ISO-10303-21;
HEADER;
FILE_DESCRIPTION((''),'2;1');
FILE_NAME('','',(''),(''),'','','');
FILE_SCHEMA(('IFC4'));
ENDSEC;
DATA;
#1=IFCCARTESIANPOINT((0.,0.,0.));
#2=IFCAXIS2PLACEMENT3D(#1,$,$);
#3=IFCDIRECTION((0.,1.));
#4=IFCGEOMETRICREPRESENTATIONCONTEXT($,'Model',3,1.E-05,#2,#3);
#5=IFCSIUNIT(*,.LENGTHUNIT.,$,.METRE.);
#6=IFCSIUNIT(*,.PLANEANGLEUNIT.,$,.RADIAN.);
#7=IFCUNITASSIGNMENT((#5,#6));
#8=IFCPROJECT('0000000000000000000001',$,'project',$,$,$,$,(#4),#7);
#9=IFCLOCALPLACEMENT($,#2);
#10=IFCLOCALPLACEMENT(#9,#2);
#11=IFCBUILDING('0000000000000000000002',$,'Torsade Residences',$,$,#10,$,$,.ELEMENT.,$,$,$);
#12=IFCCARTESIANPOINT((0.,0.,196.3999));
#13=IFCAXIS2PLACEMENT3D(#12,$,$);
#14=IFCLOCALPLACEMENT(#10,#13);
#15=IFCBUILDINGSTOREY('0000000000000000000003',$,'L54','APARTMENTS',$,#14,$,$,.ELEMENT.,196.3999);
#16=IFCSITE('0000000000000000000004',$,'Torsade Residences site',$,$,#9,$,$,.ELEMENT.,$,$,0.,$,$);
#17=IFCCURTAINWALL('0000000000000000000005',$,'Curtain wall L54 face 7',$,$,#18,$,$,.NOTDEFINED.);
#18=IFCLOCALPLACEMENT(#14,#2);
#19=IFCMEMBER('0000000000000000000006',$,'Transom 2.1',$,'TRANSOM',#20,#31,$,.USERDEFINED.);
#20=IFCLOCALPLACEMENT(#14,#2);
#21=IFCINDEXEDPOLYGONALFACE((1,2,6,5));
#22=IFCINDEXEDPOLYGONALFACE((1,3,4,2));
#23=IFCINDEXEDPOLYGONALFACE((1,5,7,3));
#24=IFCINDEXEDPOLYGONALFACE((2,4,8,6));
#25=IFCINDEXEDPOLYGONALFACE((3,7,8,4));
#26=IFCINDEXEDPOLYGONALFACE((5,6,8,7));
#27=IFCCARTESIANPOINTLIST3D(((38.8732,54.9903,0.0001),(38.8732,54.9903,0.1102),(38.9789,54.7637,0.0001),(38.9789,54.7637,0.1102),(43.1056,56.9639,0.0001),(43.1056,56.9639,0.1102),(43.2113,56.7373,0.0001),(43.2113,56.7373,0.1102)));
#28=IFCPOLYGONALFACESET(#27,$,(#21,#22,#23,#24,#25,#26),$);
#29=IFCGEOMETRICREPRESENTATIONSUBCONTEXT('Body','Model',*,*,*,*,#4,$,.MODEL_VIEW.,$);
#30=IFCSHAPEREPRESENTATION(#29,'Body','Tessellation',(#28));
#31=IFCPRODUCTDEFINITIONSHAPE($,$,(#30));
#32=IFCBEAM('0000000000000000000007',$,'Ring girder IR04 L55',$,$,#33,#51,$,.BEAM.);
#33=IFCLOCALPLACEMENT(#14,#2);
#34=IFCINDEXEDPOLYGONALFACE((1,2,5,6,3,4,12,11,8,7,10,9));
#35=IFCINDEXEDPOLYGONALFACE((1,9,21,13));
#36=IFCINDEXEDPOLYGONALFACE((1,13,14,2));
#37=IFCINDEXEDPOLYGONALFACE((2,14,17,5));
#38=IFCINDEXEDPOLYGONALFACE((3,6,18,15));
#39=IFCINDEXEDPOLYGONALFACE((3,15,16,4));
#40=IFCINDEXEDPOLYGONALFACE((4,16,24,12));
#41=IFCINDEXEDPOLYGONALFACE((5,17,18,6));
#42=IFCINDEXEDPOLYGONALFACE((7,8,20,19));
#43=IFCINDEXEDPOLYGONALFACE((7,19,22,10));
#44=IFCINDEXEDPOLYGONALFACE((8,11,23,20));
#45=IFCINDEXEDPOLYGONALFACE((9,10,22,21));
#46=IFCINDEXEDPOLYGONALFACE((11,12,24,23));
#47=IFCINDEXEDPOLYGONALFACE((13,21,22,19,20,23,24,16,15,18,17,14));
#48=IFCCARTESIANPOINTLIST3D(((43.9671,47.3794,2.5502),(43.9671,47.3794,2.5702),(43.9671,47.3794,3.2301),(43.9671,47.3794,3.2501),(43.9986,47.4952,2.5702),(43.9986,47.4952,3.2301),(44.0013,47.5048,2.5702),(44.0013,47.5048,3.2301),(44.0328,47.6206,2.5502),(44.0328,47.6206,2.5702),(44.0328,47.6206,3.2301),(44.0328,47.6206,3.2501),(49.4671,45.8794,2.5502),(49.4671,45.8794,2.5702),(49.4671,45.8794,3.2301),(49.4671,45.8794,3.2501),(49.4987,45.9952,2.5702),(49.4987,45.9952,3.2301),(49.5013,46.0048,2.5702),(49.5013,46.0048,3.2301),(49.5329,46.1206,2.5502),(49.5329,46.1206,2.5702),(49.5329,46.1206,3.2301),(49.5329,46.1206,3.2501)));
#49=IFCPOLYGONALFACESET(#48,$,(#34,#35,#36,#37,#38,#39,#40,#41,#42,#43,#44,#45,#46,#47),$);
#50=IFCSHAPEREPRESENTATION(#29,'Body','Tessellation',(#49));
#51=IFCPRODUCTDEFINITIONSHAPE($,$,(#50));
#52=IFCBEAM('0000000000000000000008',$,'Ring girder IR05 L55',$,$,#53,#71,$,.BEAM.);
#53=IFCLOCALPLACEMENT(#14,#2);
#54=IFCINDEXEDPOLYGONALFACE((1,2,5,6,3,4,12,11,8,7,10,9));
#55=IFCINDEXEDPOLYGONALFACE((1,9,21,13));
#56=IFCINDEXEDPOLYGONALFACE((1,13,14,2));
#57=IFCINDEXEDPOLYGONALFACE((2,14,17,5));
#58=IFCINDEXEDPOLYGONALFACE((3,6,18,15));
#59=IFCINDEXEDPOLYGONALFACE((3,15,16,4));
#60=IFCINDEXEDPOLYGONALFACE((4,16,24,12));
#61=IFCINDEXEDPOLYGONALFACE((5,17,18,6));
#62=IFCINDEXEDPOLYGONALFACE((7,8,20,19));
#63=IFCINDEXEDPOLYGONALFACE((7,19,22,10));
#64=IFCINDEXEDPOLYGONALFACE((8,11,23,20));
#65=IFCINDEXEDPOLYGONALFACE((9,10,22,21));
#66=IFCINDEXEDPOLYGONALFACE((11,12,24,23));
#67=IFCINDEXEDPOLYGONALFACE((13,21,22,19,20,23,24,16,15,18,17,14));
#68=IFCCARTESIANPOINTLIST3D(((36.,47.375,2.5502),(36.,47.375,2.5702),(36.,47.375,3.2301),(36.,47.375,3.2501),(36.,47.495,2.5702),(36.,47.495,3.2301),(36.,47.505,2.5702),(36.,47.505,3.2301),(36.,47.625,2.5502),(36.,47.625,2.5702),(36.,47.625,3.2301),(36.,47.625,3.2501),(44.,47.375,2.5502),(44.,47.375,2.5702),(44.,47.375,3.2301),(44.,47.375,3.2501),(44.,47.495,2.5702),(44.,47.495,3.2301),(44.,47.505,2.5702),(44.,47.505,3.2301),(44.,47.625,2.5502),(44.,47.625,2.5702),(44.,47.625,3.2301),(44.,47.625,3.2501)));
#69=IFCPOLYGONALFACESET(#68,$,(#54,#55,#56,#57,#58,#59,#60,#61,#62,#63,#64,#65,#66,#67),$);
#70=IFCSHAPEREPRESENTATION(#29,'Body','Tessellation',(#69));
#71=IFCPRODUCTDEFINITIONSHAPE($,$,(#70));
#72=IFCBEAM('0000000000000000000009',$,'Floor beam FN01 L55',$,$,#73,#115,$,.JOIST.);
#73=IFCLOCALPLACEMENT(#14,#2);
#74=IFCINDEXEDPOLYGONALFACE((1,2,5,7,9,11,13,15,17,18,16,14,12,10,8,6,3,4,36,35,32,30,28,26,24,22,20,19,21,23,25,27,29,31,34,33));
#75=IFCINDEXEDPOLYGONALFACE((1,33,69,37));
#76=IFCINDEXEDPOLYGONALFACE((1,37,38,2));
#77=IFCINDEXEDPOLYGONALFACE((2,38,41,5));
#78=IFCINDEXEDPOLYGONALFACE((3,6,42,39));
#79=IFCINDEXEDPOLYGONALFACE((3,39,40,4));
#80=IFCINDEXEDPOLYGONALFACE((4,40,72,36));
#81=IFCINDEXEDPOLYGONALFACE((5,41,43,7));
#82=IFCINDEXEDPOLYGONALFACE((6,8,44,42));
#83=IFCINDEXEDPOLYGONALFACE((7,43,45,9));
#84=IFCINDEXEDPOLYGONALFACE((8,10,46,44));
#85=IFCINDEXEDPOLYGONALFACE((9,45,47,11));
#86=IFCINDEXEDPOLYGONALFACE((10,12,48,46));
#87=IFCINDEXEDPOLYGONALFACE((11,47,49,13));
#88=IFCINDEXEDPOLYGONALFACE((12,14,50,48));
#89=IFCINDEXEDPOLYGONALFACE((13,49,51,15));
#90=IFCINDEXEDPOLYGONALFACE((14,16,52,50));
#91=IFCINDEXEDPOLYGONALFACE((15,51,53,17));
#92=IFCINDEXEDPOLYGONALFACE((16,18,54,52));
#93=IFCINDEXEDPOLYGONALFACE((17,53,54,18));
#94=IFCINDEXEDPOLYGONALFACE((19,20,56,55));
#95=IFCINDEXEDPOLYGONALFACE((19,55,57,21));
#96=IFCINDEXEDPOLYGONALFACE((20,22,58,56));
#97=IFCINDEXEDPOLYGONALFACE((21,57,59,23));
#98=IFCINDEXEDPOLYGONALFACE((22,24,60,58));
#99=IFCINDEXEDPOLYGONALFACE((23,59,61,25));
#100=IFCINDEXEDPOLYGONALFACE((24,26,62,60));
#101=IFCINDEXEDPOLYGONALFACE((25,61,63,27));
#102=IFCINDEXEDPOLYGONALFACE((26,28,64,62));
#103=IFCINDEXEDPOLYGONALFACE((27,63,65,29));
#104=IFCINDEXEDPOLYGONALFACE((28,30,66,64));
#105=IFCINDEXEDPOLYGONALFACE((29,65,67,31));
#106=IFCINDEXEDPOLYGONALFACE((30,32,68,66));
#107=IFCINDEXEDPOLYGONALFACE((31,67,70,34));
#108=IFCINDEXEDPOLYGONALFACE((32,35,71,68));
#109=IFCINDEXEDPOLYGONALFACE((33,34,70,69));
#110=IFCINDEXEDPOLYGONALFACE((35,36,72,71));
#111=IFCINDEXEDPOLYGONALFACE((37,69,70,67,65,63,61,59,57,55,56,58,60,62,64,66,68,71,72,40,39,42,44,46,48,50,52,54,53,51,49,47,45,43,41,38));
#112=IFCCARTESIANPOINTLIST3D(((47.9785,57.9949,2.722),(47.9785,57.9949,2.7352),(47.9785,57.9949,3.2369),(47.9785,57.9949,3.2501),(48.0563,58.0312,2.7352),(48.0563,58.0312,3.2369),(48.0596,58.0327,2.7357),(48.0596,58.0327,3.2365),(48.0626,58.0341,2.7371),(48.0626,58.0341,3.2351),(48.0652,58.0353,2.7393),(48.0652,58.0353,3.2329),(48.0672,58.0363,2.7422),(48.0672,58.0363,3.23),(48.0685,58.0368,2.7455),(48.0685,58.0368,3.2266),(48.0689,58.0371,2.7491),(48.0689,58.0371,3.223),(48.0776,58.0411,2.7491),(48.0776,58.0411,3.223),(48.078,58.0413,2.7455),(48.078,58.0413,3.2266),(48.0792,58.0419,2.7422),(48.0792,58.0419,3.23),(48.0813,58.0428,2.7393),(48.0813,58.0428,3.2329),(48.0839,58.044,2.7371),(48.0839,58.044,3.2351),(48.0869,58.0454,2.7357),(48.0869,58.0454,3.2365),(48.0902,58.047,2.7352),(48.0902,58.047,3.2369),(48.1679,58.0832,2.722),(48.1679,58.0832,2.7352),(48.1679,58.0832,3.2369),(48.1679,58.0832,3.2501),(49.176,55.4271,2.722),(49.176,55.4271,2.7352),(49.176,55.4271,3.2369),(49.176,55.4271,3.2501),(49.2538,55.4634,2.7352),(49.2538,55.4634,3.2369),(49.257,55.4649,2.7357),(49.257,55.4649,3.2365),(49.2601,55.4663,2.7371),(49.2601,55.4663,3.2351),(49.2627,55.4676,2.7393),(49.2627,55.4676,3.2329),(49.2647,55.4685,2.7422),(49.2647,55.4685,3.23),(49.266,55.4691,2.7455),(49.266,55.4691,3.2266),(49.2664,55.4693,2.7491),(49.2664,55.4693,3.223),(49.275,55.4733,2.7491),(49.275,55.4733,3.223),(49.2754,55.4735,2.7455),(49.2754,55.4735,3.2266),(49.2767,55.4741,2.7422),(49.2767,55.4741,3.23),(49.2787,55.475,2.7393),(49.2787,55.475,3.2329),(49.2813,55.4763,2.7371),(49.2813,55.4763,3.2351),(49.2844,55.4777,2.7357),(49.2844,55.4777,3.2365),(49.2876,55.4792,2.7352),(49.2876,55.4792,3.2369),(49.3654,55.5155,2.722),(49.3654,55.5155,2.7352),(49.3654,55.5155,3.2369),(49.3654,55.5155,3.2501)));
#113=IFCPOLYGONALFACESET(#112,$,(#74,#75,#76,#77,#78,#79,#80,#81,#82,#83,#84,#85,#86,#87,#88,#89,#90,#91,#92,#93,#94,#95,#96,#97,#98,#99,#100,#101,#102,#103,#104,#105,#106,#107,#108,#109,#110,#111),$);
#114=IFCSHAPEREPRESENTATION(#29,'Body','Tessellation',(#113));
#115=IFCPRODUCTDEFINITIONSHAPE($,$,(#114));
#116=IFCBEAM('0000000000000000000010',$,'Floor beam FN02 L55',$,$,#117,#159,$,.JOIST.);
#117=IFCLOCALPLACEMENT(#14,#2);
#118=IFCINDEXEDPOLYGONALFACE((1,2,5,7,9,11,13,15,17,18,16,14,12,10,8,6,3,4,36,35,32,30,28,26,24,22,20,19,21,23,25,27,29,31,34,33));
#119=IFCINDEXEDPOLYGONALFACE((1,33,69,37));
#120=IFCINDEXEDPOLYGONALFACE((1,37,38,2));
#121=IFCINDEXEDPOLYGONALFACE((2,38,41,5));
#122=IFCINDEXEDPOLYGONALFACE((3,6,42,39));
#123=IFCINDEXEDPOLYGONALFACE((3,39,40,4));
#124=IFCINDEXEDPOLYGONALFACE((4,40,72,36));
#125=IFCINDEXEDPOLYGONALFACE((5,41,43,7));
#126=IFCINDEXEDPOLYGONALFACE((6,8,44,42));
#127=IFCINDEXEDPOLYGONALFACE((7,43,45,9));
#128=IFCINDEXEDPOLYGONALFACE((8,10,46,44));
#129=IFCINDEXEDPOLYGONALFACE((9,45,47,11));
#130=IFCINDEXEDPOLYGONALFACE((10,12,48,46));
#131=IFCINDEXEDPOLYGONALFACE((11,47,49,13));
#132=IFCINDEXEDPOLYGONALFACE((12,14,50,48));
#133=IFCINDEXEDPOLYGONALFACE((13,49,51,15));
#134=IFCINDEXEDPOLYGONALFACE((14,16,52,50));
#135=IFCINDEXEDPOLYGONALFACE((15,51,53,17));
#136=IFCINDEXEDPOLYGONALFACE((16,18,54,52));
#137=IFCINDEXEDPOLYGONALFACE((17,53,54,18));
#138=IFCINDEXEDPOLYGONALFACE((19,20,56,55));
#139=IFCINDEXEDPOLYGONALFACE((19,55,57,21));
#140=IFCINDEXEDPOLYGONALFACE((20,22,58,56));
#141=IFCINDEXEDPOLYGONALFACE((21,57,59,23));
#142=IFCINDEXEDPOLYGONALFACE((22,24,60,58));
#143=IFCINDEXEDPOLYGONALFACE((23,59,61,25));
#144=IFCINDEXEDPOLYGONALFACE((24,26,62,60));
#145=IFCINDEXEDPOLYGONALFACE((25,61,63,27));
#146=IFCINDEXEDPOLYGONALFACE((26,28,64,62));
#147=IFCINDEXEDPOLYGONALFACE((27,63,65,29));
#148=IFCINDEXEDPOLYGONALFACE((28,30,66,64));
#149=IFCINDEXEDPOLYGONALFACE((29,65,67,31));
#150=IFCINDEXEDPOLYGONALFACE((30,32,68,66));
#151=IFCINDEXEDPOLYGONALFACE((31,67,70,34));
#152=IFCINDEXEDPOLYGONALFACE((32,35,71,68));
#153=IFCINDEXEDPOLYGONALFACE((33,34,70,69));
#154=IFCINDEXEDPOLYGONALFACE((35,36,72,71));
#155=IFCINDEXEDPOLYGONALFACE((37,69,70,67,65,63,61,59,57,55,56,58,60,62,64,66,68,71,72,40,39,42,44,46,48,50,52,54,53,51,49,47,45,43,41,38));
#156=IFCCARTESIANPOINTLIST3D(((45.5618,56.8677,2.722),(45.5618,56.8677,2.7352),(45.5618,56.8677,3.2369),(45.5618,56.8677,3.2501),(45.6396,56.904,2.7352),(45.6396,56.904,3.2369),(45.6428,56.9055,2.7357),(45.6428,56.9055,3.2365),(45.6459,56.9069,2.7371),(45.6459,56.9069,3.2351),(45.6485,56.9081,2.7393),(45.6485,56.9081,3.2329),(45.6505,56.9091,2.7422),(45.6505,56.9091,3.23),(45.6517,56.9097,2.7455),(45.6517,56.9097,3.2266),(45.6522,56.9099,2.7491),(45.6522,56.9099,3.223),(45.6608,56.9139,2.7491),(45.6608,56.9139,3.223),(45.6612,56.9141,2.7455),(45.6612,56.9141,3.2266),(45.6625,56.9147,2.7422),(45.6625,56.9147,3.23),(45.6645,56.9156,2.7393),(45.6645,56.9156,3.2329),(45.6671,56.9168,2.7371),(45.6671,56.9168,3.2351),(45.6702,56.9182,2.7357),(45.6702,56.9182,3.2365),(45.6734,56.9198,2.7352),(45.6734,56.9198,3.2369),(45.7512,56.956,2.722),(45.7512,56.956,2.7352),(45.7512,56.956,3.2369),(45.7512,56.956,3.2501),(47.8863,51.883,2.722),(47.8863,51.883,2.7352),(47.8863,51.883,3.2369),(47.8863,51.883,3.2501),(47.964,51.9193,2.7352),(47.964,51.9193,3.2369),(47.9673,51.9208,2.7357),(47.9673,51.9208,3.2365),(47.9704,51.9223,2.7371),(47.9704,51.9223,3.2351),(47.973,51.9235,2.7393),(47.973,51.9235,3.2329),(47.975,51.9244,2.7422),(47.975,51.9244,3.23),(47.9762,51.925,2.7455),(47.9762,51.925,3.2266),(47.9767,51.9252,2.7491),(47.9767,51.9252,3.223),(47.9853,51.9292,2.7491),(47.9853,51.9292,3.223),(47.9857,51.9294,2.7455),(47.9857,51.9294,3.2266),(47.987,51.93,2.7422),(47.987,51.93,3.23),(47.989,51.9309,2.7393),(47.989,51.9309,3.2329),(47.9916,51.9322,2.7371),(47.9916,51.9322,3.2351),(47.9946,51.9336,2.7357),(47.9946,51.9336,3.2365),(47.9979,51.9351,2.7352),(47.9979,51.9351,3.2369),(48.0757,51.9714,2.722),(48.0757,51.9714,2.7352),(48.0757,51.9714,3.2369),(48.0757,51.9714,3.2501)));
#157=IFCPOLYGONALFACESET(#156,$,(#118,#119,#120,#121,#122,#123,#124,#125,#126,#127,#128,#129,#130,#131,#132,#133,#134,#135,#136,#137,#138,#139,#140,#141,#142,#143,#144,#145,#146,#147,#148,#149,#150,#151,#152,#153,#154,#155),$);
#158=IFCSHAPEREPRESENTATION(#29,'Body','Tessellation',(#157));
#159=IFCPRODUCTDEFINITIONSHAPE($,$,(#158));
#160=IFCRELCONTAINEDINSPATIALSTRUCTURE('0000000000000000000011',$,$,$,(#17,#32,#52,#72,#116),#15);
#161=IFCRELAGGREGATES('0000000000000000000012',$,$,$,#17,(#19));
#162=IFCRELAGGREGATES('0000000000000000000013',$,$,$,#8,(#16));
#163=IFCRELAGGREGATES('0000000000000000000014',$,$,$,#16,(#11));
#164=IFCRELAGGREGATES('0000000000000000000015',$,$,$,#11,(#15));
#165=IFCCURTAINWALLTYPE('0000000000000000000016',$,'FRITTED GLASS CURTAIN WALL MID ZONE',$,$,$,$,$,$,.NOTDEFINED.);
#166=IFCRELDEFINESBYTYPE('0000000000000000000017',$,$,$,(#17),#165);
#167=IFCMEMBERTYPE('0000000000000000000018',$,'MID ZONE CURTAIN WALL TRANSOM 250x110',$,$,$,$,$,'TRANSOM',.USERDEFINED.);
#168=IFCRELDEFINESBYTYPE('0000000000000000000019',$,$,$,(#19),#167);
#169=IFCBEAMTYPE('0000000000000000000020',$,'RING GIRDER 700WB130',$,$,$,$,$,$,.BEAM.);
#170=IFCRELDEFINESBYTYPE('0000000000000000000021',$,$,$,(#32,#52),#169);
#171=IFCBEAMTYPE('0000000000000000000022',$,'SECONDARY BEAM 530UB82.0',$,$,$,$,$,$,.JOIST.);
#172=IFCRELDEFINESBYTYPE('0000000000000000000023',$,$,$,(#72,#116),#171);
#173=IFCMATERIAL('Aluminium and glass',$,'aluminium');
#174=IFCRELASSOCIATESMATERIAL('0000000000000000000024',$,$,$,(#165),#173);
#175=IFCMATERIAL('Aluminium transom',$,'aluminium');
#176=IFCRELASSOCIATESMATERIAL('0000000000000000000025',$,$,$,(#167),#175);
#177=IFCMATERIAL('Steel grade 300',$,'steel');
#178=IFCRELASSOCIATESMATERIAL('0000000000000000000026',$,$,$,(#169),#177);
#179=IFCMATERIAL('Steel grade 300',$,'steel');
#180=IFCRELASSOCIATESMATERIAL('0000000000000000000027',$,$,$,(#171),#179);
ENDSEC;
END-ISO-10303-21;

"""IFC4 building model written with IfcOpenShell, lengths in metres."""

from ifc_helpers import new_model, si_unit, direction, frame, origin, origin_2d, place, context, subcontext, project, spatial, rectangle, i_section, extrude, material, material_profile, profile_set, type_object, element, aggregate, save


model = new_model("IFC4")

# Units and contexts
model_context = context("Model", 3, precision=1e-05, world=origin(), true_north=direction((0.0, 1.0)))
body_context = subcontext(model_context, "Body", "Model", "MODEL_VIEW")
ifc_project = project(units=[si_unit("LENGTHUNIT", "METRE"), si_unit("PLANEANGLEUNIT", "RADIAN")], contexts=[model_context])

# Site, building, storey
site_placement = place(None, origin())
site = spatial("IfcSite", under=ifc_project, at=site_placement, Name="Torsade Residences site", CompositionType="ELEMENT", RefElevation=0.0)
building_placement = place(site_placement, origin())
building = spatial("IfcBuilding", under=site, at=building_placement, Name="Torsade Residences", CompositionType="ELEMENT")
storey_placement = place(building_placement, frame((0.0, 0.0, 196.3999)))
storey = spatial("IfcBuildingStorey", under=building, at=storey_placement, Name="L54", Description="APARTMENTS", CompositionType="ELEMENT", Elevation=196.3999)

# Curtain wall, member
ifc_material_1 = material(Name="Aluminium and glass", Category="aluminium")
curtain_wall_type = type_object("IfcCurtainWallType", Name="FRITTED GLASS CURTAIN WALL MID ZONE", PredefinedType="NOTDEFINED", material=ifc_material_1)
curtain_wall_placement = place(storey_placement, origin())
curtain_wall = element("IfcCurtainWall", 1, at=curtain_wall_placement, inside=storey, type_object=curtain_wall_type, Name="Curtain wall L54 face 7", PredefinedType="NOTDEFINED")
ifc_material_2 = material(Name="Aluminium transom", Category="aluminium")
ifc_material_profile_1 = material_profile(ifc_material_2, rectangle(XDim=0.25, YDim=0.1101, at=origin_2d()), Name="MID ZONE CURTAIN WALL TRANSOM 250x110")
ifc_profile_set_1 = profile_set([ifc_material_profile_1], Name="Aluminium transom")
member_type_1 = type_object("IfcMemberType", Name="MID ZONE CURTAIN WALL TRANSOM 250x110", ElementType="TRANSOM", PredefinedType="USERDEFINED", material=ifc_profile_set_1)
member_1_placement = place(storey_placement, frame((43.1584, 56.8506, 0.0552), z_axis=(-0.906306, -0.422622, 0.0), x_axis=(0.422622, -0.906306, 0.0)))
member_1 = element("IfcMember", 2, at=member_1_placement, type_object=member_type_1, Name="Transom 2.1", ObjectType="TRANSOM", PredefinedType="USERDEFINED", context=body_context, shape_type="SweptSolid", body=[
    extrude(rectangle(XDim=0.25, YDim=0.1101, at=origin_2d()), origin(), (0.0, 0.0, 1.0), 4.6699),
])

# Beams
ifc_material_3 = material(Name="Steel grade 300", Category="steel")
ifc_material_profile_2 = material_profile(ifc_material_3, i_section(OverallWidth=0.25, OverallDepth=0.7, WebThickness=0.01, FlangeThickness=0.02, at=origin_2d()), Name="700WB130")
ifc_profile_set_2 = profile_set([ifc_material_profile_2], Name="Steel grade 300")
beam_type_1 = type_object("IfcBeamType", Name="RING GIRDER 700WB130", PredefinedType="BEAM", material=ifc_profile_set_2)
beam_1_placement = place(storey_placement, frame((49.5, 46.0, 2.9001), z_axis=(-0.964764, 0.263117, 0.0), x_axis=(-0.263117, -0.964764, 0.0)))
element("IfcBeam", 3, at=beam_1_placement, inside=storey, type_object=beam_type_1, Name="Ring girder IR04 L55", PredefinedType="BEAM", context=body_context, shape_type="SweptSolid", body=[
    extrude(i_section(OverallWidth=0.25, OverallDepth=0.7, WebThickness=0.01, FlangeThickness=0.02, at=origin_2d()), origin(), (0.0, 0.0, 1.0), 5.7009),
])
beam_2_placement = place(storey_placement, frame((44.0, 47.5, 2.9001), z_axis=(-1.0, 0.0, 0.0), x_axis=(0.0, -1.0, 0.0)))
element("IfcBeam", 4, at=beam_2_placement, inside=storey, type_object=beam_type_1, Name="Ring girder IR05 L55", PredefinedType="BEAM", context=body_context, shape_type="SweptSolid", body=[
    extrude(i_section(OverallWidth=0.25, OverallDepth=0.7, WebThickness=0.01, FlangeThickness=0.02, at=origin_2d()), origin(), (0.0, 0.0, 1.0), 8.0),
])
ifc_material_4 = material(Name="Steel grade 300", Category="steel")
ifc_material_profile_3 = material_profile(ifc_material_4, i_section(OverallWidth=0.209, OverallDepth=0.5281, WebThickness=0.0095, FlangeThickness=0.0132, FilletRadius=0.0139, at=origin_2d()), Name="530UB82.0")
ifc_profile_set_3 = profile_set([ifc_material_profile_3], Name="Steel grade 300")
beam_type_2 = type_object("IfcBeamType", Name="SECONDARY BEAM 530UB82.0", PredefinedType="JOIST", material=ifc_profile_set_3)
beam_3_placement = place(storey_placement, frame((48.0732, 58.0391, 2.9861), z_axis=(0.422645, -0.906295, 0.0), x_axis=(0.906295, 0.422645, 0.0)))
element("IfcBeam", 5, at=beam_3_placement, inside=storey, type_object=beam_type_2, Name="Floor beam FN01 L55", PredefinedType="JOIST", context=body_context, shape_type="SweptSolid", body=[
    extrude(i_section(OverallWidth=0.209, OverallDepth=0.5281, WebThickness=0.0095, FlangeThickness=0.0132, FilletRadius=0.0139, at=origin_2d()), origin(), (0.0, 0.0, 1.0), 2.8333),
])
beam_4_placement = place(storey_placement, frame((45.6565, 56.9119, 2.9861), z_axis=(0.422633, -0.906301, 0.0), x_axis=(0.906301, 0.422633, 0.0)))
element("IfcBeam", 6, at=beam_4_placement, inside=storey, type_object=beam_type_2, Name="Floor beam FN02 L55", PredefinedType="JOIST", context=body_context, shape_type="SweptSolid", body=[
    extrude(i_section(OverallWidth=0.209, OverallDepth=0.5281, WebThickness=0.0095, FlangeThickness=0.0132, FilletRadius=0.0139, at=origin_2d()), origin(), (0.0, 0.0, 1.0), 5.5),
])

aggregate(curtain_wall, [member_1])

save(model, "model.ifc")
